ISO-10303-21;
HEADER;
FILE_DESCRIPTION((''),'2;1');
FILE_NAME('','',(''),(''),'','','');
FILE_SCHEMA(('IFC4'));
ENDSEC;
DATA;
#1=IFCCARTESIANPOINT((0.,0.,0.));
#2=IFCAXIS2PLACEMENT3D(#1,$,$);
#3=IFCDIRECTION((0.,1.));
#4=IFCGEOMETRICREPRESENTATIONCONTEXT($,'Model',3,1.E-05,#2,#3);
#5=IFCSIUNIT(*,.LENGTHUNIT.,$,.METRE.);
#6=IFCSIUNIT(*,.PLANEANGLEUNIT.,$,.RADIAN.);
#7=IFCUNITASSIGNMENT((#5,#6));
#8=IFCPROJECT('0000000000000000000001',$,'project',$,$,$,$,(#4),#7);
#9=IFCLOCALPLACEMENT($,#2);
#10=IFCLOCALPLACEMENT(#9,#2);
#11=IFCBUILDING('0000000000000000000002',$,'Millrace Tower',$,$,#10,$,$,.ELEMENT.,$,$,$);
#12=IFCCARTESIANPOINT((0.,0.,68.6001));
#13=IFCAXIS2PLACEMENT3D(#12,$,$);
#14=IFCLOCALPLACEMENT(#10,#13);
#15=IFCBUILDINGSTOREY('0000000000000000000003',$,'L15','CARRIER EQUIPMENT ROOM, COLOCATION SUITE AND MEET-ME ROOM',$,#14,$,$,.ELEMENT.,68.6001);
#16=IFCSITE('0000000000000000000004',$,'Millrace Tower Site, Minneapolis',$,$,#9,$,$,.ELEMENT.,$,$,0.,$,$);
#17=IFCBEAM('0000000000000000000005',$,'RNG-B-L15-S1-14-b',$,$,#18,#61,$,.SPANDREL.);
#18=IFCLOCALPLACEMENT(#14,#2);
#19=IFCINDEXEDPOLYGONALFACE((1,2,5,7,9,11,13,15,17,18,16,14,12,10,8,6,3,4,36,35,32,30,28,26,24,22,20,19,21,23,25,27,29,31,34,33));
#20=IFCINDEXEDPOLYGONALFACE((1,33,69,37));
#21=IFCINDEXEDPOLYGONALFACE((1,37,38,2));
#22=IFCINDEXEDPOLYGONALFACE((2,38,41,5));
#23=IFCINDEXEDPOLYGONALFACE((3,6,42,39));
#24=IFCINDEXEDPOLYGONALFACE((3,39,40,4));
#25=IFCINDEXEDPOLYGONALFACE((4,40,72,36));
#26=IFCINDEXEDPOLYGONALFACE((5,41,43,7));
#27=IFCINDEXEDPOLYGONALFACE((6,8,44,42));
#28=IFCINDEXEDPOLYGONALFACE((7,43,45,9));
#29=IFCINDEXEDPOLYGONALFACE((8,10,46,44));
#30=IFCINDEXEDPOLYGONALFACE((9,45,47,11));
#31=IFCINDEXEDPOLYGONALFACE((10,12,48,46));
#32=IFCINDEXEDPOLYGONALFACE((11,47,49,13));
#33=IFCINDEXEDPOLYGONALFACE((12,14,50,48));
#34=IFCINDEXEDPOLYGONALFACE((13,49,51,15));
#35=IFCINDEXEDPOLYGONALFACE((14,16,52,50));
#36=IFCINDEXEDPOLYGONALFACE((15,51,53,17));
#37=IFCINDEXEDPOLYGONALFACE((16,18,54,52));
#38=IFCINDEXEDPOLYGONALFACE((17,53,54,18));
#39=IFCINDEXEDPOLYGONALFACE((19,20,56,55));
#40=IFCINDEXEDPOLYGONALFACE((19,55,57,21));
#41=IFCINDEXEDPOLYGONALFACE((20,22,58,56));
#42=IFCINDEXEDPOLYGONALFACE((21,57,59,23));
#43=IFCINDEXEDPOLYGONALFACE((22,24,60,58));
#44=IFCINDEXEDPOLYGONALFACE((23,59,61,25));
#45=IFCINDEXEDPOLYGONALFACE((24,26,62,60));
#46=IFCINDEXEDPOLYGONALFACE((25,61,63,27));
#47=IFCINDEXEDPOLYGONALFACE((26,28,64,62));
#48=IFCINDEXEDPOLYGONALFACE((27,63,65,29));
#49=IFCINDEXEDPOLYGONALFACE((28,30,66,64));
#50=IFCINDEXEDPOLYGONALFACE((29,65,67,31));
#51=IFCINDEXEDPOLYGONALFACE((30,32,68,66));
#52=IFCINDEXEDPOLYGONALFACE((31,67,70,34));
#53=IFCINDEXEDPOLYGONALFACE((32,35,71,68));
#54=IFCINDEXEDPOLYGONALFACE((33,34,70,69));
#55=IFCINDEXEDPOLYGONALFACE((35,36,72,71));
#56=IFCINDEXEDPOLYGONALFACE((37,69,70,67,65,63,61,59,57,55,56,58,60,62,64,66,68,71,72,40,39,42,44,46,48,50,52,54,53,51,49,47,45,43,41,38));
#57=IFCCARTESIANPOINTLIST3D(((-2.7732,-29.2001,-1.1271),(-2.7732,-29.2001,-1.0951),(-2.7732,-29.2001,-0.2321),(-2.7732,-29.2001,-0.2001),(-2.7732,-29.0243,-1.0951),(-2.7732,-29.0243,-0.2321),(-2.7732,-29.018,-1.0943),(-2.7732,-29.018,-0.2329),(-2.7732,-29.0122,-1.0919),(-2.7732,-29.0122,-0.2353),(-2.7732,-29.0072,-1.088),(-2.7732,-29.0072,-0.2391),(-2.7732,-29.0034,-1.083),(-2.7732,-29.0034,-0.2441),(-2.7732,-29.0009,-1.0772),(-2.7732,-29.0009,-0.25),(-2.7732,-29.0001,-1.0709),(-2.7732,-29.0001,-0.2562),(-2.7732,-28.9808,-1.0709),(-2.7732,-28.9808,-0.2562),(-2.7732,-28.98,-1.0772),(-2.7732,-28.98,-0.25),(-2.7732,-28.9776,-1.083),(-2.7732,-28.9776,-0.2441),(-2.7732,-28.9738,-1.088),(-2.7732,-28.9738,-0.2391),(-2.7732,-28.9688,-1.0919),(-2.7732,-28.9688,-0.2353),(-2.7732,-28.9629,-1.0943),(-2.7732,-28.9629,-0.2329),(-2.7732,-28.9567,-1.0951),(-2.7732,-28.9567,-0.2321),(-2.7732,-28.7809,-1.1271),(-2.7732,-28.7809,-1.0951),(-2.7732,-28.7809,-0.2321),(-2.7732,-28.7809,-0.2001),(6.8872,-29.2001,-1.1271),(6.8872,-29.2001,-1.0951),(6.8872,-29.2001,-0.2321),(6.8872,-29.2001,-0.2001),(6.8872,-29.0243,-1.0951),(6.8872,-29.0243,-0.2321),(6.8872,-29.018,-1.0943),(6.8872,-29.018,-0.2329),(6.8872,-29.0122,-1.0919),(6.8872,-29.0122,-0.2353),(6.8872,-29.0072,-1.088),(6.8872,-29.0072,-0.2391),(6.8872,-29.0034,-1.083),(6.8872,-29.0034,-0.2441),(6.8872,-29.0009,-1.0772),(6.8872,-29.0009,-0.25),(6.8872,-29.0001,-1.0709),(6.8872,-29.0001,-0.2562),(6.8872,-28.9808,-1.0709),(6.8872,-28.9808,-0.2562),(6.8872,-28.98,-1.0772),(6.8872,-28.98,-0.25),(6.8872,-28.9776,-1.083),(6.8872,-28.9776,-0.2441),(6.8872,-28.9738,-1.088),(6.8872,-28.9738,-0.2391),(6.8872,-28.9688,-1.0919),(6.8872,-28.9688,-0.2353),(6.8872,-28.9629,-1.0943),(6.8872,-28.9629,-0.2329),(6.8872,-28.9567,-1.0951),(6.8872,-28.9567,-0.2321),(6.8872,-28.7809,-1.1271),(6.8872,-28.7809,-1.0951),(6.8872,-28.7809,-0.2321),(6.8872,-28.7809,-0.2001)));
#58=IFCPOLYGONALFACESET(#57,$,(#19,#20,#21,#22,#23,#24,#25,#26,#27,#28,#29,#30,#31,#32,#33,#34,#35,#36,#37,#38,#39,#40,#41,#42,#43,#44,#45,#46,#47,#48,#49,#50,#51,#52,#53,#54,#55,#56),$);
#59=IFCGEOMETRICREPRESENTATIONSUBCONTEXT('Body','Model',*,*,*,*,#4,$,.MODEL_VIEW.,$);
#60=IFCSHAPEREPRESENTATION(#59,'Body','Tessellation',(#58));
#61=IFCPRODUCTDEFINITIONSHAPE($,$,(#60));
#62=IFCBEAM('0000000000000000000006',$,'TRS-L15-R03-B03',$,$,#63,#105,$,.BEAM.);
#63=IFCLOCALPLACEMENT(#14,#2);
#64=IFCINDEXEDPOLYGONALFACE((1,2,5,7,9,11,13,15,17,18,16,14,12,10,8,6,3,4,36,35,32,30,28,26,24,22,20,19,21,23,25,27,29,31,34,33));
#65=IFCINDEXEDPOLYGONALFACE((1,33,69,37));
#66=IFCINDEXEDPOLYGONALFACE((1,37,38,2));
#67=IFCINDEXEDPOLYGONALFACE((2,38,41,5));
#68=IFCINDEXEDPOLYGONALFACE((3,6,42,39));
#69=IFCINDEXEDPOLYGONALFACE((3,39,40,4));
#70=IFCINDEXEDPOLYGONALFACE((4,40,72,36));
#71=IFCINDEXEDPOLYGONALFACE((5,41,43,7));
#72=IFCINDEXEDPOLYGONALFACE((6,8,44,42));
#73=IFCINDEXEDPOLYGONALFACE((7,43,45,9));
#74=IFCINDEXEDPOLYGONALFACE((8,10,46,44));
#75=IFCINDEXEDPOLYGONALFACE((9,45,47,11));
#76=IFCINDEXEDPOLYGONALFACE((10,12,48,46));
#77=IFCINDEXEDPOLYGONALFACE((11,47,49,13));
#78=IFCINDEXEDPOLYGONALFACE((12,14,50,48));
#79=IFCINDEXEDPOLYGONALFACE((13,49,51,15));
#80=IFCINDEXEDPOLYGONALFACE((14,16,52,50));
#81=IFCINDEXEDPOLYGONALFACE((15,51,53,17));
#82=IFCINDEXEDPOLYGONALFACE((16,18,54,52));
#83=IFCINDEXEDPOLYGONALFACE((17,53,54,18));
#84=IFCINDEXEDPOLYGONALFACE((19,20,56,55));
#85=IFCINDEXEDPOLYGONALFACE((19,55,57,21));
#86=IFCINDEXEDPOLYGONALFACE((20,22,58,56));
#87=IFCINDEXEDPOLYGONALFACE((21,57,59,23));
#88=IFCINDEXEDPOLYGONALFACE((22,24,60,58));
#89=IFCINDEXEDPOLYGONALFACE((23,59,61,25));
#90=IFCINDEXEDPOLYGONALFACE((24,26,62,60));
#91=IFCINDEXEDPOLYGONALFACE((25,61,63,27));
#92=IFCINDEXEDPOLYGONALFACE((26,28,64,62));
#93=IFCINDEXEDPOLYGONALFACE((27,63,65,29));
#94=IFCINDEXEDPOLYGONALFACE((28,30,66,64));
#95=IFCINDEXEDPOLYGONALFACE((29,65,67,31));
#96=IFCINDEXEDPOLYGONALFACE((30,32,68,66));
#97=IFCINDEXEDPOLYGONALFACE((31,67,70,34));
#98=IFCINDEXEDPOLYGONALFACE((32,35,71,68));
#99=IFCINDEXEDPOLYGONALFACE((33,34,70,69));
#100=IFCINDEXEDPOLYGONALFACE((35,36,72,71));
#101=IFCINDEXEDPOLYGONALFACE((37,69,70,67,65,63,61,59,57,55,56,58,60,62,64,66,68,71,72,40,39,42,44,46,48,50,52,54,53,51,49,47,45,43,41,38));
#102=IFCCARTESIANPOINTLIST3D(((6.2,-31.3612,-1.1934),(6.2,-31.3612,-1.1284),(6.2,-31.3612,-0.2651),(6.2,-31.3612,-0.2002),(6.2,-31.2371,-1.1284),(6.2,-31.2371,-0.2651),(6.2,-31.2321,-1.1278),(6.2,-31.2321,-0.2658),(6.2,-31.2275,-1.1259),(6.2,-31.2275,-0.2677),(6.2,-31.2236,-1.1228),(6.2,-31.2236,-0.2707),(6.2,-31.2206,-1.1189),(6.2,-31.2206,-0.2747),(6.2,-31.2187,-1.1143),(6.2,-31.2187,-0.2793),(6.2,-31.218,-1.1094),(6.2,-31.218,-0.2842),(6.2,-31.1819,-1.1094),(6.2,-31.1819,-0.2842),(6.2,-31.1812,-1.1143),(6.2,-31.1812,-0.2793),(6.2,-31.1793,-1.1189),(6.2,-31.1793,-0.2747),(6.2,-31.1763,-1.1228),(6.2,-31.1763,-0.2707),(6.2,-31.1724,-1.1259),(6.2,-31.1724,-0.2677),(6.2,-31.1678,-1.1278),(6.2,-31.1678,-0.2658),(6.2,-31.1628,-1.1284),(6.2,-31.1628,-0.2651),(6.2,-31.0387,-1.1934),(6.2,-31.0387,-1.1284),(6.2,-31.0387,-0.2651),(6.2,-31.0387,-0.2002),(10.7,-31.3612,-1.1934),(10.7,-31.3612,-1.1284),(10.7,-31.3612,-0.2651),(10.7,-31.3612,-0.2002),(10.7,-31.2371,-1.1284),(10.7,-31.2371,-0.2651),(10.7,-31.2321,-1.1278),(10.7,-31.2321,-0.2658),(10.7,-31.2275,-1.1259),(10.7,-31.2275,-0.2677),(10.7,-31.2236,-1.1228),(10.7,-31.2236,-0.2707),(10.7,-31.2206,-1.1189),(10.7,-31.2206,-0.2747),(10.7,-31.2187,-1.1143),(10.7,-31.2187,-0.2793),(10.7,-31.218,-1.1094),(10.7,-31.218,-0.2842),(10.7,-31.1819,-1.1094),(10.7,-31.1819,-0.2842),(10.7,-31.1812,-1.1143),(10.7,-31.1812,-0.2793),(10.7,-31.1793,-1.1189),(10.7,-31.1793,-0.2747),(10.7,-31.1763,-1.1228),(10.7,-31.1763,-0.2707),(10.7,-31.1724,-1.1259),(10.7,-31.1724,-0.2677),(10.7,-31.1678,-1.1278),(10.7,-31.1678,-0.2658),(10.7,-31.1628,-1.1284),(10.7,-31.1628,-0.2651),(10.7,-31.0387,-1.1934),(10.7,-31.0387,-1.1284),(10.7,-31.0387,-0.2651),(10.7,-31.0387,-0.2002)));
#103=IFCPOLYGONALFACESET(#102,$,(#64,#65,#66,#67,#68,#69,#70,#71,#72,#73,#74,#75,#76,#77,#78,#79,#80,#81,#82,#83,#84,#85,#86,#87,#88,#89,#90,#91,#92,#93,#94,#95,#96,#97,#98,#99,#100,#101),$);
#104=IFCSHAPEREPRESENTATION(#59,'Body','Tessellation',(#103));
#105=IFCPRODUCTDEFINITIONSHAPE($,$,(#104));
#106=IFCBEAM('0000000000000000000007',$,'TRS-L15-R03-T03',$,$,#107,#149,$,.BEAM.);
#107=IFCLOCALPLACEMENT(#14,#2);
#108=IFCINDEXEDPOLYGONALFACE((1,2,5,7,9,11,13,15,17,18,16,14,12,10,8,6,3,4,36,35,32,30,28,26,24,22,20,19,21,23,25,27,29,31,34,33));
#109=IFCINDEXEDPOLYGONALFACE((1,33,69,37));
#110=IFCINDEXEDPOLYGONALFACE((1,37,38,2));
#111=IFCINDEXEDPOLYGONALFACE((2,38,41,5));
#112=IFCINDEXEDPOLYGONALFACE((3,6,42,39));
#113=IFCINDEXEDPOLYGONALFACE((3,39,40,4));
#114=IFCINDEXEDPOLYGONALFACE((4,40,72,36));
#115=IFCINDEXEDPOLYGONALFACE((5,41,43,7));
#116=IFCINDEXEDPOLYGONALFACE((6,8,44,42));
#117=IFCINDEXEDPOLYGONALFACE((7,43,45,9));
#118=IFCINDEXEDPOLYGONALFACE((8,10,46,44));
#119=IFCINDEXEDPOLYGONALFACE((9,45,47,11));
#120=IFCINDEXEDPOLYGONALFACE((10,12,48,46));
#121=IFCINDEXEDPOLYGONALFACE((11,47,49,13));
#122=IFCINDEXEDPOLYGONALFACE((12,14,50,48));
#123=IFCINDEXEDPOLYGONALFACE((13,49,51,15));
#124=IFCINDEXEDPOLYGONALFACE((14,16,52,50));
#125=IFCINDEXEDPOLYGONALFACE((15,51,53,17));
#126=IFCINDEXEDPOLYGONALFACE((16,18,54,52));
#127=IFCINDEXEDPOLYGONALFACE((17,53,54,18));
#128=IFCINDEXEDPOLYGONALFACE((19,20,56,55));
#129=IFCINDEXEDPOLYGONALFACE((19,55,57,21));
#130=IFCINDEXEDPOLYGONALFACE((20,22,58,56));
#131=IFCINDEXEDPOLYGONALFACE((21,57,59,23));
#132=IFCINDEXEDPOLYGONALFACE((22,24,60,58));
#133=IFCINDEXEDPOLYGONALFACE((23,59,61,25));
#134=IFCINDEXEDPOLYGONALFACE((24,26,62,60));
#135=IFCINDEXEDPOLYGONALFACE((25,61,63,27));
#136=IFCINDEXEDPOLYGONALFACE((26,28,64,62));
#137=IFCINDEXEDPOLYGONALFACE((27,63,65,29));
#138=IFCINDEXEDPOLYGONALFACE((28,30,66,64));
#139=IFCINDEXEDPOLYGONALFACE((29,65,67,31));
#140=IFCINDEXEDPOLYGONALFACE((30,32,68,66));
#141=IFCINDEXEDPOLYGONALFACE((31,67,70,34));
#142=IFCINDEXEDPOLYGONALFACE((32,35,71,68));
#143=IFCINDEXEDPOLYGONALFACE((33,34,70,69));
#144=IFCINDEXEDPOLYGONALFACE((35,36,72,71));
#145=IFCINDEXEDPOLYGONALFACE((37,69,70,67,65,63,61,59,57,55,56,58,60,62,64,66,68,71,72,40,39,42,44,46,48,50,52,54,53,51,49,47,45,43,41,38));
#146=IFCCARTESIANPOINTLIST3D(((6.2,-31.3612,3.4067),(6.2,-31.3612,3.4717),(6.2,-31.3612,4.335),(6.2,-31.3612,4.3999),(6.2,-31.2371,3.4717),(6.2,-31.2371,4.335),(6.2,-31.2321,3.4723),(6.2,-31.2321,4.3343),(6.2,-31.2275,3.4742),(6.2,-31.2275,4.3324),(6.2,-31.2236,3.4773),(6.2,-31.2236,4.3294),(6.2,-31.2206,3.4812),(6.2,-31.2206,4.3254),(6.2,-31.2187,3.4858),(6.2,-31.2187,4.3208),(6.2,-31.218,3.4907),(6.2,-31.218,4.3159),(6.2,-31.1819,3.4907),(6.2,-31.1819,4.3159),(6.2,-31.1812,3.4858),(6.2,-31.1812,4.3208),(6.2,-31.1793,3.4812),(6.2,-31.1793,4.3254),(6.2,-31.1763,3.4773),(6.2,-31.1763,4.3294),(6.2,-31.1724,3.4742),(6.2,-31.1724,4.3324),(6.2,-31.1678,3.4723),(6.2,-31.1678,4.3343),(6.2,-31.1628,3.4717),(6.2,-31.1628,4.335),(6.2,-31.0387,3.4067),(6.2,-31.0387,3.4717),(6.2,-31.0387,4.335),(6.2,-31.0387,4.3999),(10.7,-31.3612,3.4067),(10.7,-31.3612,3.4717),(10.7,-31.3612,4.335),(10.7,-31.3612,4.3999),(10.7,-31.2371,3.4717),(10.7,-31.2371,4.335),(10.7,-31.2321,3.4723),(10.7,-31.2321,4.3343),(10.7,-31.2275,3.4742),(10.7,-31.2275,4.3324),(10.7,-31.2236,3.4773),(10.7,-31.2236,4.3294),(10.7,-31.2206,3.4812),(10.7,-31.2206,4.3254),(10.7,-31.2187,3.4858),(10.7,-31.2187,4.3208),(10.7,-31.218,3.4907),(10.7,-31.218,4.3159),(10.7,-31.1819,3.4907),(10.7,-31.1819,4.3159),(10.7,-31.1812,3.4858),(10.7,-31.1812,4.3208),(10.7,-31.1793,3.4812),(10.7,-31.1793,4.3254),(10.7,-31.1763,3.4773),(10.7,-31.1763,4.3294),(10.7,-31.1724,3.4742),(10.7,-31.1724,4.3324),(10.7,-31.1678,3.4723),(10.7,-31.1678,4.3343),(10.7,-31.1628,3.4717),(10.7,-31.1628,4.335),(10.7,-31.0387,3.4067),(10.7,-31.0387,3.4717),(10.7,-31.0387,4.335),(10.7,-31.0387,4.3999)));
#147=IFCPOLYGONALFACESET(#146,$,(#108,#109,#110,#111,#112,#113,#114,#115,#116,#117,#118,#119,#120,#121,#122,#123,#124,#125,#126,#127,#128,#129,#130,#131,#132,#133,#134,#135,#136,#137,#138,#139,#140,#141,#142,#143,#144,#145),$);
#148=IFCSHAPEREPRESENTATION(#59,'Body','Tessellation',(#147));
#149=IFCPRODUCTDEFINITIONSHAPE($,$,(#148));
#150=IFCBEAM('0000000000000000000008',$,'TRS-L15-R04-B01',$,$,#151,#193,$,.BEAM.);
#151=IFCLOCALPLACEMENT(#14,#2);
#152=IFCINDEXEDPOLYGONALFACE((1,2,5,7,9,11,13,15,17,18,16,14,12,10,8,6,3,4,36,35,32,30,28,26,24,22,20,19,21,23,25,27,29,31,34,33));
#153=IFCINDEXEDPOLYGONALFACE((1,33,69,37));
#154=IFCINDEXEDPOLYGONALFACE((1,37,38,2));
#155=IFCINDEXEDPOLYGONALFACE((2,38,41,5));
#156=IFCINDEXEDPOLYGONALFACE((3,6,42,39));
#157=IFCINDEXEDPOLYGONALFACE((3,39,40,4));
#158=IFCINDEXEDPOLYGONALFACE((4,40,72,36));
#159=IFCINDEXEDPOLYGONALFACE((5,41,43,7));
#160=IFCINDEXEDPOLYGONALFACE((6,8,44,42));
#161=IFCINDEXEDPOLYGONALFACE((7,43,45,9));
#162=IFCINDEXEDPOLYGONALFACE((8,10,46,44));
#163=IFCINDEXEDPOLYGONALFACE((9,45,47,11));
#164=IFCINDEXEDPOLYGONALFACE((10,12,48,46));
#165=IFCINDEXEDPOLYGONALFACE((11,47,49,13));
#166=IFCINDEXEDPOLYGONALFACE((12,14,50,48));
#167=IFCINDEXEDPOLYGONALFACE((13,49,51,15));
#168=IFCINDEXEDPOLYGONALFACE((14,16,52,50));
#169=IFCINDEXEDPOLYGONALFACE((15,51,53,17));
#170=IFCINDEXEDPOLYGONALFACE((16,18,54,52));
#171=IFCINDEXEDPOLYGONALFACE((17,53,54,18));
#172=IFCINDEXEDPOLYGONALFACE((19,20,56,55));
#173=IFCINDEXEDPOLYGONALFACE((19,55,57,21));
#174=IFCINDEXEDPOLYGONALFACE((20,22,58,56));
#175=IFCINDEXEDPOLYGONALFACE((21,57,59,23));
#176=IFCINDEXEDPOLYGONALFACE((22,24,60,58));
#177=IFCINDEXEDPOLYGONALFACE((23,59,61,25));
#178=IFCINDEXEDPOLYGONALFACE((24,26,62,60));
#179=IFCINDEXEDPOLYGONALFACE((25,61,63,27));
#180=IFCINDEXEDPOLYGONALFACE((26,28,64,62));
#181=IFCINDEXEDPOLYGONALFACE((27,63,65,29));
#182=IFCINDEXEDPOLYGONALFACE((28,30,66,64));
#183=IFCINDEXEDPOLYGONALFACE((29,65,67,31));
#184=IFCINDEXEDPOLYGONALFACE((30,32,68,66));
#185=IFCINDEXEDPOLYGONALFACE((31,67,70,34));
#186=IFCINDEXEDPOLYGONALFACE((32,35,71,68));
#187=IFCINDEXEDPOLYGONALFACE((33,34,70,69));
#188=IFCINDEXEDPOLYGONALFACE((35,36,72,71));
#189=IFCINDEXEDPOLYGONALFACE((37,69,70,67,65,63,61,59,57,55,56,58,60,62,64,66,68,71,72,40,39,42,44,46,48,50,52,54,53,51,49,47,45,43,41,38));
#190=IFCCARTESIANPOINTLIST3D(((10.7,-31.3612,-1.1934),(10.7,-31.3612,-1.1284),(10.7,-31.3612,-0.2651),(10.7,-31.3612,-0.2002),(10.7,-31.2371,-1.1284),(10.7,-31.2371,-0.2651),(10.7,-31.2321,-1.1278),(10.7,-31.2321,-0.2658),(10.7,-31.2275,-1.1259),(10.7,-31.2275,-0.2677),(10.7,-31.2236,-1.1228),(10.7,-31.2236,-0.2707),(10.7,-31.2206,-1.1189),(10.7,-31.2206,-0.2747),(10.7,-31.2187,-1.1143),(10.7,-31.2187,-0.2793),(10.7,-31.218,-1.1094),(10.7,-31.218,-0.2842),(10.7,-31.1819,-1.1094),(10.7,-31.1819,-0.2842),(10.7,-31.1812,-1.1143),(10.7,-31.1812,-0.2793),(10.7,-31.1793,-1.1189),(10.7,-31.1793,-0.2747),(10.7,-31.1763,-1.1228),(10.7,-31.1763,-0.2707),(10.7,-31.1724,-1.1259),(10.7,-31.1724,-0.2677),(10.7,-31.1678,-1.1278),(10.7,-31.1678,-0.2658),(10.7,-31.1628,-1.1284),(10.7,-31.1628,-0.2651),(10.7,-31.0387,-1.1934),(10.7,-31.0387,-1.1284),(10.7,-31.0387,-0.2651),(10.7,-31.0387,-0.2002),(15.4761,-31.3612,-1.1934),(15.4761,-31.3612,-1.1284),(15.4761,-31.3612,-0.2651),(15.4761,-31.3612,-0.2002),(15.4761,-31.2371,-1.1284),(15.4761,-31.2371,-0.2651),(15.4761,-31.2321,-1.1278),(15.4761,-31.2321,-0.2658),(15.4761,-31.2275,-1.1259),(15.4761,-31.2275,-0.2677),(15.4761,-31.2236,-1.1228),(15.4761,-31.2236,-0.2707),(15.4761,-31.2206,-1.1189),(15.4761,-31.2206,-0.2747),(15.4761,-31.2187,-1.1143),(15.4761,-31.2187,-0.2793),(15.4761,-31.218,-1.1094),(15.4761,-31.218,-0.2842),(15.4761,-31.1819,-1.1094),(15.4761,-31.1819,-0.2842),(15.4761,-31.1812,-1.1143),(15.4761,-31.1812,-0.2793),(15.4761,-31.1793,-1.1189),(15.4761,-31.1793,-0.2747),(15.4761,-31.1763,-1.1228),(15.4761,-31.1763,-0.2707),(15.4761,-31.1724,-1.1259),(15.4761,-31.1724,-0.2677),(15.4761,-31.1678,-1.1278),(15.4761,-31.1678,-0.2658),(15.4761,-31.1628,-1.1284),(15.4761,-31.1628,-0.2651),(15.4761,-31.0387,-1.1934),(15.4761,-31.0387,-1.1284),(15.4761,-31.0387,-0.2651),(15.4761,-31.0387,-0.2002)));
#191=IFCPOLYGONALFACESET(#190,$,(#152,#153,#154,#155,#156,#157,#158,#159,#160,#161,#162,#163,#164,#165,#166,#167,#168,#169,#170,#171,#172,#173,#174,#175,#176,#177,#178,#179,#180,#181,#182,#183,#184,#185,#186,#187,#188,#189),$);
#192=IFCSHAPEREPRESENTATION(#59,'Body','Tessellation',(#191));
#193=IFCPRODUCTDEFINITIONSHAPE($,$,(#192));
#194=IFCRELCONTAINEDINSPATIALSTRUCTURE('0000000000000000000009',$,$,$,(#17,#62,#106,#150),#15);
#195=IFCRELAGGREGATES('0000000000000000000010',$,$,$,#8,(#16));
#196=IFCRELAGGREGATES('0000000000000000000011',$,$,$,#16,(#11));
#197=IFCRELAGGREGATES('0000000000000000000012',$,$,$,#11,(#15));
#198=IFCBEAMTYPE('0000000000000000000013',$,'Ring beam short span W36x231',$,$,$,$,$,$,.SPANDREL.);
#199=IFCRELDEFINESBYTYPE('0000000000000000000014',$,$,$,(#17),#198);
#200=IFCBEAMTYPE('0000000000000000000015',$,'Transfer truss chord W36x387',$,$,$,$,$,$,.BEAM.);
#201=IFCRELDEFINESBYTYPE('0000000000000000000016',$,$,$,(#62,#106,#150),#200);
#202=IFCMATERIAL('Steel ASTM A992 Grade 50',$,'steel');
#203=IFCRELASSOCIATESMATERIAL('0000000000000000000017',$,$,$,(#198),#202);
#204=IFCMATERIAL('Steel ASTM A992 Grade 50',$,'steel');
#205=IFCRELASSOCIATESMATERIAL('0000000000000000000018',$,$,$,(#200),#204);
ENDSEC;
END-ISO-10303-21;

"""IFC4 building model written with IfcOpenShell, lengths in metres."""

from ifc_helpers import new_model, si_unit, direction, frame, origin, origin_2d, place, context, subcontext, project, spatial, i_section, extrude, material, material_profile, profile_set, type_object, element, save


model = new_model("IFC4")

# Units and contexts
model_context = context("Model", 3, precision=1e-05, world=origin(), true_north=direction((0.0, 1.0)))
body_context = subcontext(model_context, "Body", "Model", "MODEL_VIEW")
ifc_project = project(units=[si_unit("LENGTHUNIT", "METRE"), si_unit("PLANEANGLEUNIT", "RADIAN")], contexts=[model_context])

# Site, building, storey
site_placement = place(None, origin())
site = spatial("IfcSite", under=ifc_project, at=site_placement, Name="Millrace Tower Site, Minneapolis", CompositionType="ELEMENT", RefElevation=0.0)
building_placement = place(site_placement, origin())
building = spatial("IfcBuilding", under=site, at=building_placement, Name="Millrace Tower", CompositionType="ELEMENT")
storey_placement = place(building_placement, frame((0.0, 0.0, 68.6001)))
storey = spatial("IfcBuildingStorey", under=building, at=storey_placement, Name="L15", Description="CARRIER EQUIPMENT ROOM, COLOCATION SUITE AND MEET-ME ROOM", CompositionType="ELEMENT", Elevation=68.6001)

# Beams
ifc_material_1 = material(Name="Steel ASTM A992 Grade 50", Category="steel")
ifc_material_profile_1 = material_profile(ifc_material_1, i_section(OverallWidth=0.4192, OverallDepth=0.927, WebThickness=0.0193, FlangeThickness=0.032, FilletRadius=0.0242, at=origin_2d()))
ifc_profile_set_1 = profile_set([ifc_material_profile_1], Name="Steel ASTM A992 Grade 50")
beam_type_1 = type_object("IfcBeamType", Name="Ring beam short span W36x231", PredefinedType="SPANDREL", material=ifc_profile_set_1)
beam_1_placement = place(storey_placement, frame((6.8872, -28.9905, -0.6636), z_axis=(-1.0, 0.0, 0.0), x_axis=(0.0, -1.0, 0.0)))
element("IfcBeam", 1, at=beam_1_placement, inside=storey, type_object=beam_type_1, Name="RNG-B-L15-S1-14-b", PredefinedType="SPANDREL", context=body_context, shape_type="SweptSolid", body=[
    extrude(i_section(OverallWidth=0.4192, OverallDepth=0.927, WebThickness=0.0193, FlangeThickness=0.032, FilletRadius=0.0242, at=origin_2d()), origin(), (0.0, 0.0, 1.0), 9.6604),
])
ifc_material_2 = material(Name="Steel ASTM A992 Grade 50", Category="steel")
ifc_material_profile_2 = material_profile(ifc_material_2, i_section(OverallWidth=0.3225, OverallDepth=0.9932, WebThickness=0.0361, FlangeThickness=0.0649, FilletRadius=0.019, at=origin_2d()))
ifc_profile_set_2 = profile_set([ifc_material_profile_2], Name="Steel ASTM A992 Grade 50")
beam_type_2 = type_object("IfcBeamType", Name="Transfer truss chord W36x387", PredefinedType="BEAM", material=ifc_profile_set_2)
for number, where, z_axis, x_axis, name in (
    (2, (6.2, -31.2, -0.6968), (1.0, 0.0, 0.0), (0.0, 1.0, 0.0), "TRS-L15-R03-B03"),
    (3, (6.2, -31.2, 3.9033), (1.0, 0.0, 0.0), (0.0, 1.0, 0.0), "TRS-L15-R03-T03"),
):
    element("IfcBeam", number, at=place(storey_placement, frame(where, z_axis=z_axis, x_axis=x_axis)), inside=storey, type_object=beam_type_2, Name=name, PredefinedType="BEAM", context=body_context, shape_type="SweptSolid", body=[
        extrude(i_section(OverallWidth=0.3225, OverallDepth=0.9932, WebThickness=0.0361, FlangeThickness=0.0649, FilletRadius=0.019, at=origin_2d()), origin(), (0.0, 0.0, 1.0), 4.5),
    ])
for number, where, z_axis, x_axis, name in (
    (4, (10.7, -31.2, -0.6968), (1.0, 0.0, 0.0), (0.0, 1.0, 0.0), "TRS-L15-R04-B01"),
):
    element("IfcBeam", number, at=place(storey_placement, frame(where, z_axis=z_axis, x_axis=x_axis)), inside=storey, type_object=beam_type_2, Name=name, PredefinedType="BEAM", context=body_context, shape_type="SweptSolid", body=[
        extrude(i_section(OverallWidth=0.3225, OverallDepth=0.9932, WebThickness=0.0361, FlangeThickness=0.0649, FilletRadius=0.019, at=origin_2d()), origin(), (0.0, 0.0, 1.0), 4.7761),
    ])

save(model, "model.ifc")
